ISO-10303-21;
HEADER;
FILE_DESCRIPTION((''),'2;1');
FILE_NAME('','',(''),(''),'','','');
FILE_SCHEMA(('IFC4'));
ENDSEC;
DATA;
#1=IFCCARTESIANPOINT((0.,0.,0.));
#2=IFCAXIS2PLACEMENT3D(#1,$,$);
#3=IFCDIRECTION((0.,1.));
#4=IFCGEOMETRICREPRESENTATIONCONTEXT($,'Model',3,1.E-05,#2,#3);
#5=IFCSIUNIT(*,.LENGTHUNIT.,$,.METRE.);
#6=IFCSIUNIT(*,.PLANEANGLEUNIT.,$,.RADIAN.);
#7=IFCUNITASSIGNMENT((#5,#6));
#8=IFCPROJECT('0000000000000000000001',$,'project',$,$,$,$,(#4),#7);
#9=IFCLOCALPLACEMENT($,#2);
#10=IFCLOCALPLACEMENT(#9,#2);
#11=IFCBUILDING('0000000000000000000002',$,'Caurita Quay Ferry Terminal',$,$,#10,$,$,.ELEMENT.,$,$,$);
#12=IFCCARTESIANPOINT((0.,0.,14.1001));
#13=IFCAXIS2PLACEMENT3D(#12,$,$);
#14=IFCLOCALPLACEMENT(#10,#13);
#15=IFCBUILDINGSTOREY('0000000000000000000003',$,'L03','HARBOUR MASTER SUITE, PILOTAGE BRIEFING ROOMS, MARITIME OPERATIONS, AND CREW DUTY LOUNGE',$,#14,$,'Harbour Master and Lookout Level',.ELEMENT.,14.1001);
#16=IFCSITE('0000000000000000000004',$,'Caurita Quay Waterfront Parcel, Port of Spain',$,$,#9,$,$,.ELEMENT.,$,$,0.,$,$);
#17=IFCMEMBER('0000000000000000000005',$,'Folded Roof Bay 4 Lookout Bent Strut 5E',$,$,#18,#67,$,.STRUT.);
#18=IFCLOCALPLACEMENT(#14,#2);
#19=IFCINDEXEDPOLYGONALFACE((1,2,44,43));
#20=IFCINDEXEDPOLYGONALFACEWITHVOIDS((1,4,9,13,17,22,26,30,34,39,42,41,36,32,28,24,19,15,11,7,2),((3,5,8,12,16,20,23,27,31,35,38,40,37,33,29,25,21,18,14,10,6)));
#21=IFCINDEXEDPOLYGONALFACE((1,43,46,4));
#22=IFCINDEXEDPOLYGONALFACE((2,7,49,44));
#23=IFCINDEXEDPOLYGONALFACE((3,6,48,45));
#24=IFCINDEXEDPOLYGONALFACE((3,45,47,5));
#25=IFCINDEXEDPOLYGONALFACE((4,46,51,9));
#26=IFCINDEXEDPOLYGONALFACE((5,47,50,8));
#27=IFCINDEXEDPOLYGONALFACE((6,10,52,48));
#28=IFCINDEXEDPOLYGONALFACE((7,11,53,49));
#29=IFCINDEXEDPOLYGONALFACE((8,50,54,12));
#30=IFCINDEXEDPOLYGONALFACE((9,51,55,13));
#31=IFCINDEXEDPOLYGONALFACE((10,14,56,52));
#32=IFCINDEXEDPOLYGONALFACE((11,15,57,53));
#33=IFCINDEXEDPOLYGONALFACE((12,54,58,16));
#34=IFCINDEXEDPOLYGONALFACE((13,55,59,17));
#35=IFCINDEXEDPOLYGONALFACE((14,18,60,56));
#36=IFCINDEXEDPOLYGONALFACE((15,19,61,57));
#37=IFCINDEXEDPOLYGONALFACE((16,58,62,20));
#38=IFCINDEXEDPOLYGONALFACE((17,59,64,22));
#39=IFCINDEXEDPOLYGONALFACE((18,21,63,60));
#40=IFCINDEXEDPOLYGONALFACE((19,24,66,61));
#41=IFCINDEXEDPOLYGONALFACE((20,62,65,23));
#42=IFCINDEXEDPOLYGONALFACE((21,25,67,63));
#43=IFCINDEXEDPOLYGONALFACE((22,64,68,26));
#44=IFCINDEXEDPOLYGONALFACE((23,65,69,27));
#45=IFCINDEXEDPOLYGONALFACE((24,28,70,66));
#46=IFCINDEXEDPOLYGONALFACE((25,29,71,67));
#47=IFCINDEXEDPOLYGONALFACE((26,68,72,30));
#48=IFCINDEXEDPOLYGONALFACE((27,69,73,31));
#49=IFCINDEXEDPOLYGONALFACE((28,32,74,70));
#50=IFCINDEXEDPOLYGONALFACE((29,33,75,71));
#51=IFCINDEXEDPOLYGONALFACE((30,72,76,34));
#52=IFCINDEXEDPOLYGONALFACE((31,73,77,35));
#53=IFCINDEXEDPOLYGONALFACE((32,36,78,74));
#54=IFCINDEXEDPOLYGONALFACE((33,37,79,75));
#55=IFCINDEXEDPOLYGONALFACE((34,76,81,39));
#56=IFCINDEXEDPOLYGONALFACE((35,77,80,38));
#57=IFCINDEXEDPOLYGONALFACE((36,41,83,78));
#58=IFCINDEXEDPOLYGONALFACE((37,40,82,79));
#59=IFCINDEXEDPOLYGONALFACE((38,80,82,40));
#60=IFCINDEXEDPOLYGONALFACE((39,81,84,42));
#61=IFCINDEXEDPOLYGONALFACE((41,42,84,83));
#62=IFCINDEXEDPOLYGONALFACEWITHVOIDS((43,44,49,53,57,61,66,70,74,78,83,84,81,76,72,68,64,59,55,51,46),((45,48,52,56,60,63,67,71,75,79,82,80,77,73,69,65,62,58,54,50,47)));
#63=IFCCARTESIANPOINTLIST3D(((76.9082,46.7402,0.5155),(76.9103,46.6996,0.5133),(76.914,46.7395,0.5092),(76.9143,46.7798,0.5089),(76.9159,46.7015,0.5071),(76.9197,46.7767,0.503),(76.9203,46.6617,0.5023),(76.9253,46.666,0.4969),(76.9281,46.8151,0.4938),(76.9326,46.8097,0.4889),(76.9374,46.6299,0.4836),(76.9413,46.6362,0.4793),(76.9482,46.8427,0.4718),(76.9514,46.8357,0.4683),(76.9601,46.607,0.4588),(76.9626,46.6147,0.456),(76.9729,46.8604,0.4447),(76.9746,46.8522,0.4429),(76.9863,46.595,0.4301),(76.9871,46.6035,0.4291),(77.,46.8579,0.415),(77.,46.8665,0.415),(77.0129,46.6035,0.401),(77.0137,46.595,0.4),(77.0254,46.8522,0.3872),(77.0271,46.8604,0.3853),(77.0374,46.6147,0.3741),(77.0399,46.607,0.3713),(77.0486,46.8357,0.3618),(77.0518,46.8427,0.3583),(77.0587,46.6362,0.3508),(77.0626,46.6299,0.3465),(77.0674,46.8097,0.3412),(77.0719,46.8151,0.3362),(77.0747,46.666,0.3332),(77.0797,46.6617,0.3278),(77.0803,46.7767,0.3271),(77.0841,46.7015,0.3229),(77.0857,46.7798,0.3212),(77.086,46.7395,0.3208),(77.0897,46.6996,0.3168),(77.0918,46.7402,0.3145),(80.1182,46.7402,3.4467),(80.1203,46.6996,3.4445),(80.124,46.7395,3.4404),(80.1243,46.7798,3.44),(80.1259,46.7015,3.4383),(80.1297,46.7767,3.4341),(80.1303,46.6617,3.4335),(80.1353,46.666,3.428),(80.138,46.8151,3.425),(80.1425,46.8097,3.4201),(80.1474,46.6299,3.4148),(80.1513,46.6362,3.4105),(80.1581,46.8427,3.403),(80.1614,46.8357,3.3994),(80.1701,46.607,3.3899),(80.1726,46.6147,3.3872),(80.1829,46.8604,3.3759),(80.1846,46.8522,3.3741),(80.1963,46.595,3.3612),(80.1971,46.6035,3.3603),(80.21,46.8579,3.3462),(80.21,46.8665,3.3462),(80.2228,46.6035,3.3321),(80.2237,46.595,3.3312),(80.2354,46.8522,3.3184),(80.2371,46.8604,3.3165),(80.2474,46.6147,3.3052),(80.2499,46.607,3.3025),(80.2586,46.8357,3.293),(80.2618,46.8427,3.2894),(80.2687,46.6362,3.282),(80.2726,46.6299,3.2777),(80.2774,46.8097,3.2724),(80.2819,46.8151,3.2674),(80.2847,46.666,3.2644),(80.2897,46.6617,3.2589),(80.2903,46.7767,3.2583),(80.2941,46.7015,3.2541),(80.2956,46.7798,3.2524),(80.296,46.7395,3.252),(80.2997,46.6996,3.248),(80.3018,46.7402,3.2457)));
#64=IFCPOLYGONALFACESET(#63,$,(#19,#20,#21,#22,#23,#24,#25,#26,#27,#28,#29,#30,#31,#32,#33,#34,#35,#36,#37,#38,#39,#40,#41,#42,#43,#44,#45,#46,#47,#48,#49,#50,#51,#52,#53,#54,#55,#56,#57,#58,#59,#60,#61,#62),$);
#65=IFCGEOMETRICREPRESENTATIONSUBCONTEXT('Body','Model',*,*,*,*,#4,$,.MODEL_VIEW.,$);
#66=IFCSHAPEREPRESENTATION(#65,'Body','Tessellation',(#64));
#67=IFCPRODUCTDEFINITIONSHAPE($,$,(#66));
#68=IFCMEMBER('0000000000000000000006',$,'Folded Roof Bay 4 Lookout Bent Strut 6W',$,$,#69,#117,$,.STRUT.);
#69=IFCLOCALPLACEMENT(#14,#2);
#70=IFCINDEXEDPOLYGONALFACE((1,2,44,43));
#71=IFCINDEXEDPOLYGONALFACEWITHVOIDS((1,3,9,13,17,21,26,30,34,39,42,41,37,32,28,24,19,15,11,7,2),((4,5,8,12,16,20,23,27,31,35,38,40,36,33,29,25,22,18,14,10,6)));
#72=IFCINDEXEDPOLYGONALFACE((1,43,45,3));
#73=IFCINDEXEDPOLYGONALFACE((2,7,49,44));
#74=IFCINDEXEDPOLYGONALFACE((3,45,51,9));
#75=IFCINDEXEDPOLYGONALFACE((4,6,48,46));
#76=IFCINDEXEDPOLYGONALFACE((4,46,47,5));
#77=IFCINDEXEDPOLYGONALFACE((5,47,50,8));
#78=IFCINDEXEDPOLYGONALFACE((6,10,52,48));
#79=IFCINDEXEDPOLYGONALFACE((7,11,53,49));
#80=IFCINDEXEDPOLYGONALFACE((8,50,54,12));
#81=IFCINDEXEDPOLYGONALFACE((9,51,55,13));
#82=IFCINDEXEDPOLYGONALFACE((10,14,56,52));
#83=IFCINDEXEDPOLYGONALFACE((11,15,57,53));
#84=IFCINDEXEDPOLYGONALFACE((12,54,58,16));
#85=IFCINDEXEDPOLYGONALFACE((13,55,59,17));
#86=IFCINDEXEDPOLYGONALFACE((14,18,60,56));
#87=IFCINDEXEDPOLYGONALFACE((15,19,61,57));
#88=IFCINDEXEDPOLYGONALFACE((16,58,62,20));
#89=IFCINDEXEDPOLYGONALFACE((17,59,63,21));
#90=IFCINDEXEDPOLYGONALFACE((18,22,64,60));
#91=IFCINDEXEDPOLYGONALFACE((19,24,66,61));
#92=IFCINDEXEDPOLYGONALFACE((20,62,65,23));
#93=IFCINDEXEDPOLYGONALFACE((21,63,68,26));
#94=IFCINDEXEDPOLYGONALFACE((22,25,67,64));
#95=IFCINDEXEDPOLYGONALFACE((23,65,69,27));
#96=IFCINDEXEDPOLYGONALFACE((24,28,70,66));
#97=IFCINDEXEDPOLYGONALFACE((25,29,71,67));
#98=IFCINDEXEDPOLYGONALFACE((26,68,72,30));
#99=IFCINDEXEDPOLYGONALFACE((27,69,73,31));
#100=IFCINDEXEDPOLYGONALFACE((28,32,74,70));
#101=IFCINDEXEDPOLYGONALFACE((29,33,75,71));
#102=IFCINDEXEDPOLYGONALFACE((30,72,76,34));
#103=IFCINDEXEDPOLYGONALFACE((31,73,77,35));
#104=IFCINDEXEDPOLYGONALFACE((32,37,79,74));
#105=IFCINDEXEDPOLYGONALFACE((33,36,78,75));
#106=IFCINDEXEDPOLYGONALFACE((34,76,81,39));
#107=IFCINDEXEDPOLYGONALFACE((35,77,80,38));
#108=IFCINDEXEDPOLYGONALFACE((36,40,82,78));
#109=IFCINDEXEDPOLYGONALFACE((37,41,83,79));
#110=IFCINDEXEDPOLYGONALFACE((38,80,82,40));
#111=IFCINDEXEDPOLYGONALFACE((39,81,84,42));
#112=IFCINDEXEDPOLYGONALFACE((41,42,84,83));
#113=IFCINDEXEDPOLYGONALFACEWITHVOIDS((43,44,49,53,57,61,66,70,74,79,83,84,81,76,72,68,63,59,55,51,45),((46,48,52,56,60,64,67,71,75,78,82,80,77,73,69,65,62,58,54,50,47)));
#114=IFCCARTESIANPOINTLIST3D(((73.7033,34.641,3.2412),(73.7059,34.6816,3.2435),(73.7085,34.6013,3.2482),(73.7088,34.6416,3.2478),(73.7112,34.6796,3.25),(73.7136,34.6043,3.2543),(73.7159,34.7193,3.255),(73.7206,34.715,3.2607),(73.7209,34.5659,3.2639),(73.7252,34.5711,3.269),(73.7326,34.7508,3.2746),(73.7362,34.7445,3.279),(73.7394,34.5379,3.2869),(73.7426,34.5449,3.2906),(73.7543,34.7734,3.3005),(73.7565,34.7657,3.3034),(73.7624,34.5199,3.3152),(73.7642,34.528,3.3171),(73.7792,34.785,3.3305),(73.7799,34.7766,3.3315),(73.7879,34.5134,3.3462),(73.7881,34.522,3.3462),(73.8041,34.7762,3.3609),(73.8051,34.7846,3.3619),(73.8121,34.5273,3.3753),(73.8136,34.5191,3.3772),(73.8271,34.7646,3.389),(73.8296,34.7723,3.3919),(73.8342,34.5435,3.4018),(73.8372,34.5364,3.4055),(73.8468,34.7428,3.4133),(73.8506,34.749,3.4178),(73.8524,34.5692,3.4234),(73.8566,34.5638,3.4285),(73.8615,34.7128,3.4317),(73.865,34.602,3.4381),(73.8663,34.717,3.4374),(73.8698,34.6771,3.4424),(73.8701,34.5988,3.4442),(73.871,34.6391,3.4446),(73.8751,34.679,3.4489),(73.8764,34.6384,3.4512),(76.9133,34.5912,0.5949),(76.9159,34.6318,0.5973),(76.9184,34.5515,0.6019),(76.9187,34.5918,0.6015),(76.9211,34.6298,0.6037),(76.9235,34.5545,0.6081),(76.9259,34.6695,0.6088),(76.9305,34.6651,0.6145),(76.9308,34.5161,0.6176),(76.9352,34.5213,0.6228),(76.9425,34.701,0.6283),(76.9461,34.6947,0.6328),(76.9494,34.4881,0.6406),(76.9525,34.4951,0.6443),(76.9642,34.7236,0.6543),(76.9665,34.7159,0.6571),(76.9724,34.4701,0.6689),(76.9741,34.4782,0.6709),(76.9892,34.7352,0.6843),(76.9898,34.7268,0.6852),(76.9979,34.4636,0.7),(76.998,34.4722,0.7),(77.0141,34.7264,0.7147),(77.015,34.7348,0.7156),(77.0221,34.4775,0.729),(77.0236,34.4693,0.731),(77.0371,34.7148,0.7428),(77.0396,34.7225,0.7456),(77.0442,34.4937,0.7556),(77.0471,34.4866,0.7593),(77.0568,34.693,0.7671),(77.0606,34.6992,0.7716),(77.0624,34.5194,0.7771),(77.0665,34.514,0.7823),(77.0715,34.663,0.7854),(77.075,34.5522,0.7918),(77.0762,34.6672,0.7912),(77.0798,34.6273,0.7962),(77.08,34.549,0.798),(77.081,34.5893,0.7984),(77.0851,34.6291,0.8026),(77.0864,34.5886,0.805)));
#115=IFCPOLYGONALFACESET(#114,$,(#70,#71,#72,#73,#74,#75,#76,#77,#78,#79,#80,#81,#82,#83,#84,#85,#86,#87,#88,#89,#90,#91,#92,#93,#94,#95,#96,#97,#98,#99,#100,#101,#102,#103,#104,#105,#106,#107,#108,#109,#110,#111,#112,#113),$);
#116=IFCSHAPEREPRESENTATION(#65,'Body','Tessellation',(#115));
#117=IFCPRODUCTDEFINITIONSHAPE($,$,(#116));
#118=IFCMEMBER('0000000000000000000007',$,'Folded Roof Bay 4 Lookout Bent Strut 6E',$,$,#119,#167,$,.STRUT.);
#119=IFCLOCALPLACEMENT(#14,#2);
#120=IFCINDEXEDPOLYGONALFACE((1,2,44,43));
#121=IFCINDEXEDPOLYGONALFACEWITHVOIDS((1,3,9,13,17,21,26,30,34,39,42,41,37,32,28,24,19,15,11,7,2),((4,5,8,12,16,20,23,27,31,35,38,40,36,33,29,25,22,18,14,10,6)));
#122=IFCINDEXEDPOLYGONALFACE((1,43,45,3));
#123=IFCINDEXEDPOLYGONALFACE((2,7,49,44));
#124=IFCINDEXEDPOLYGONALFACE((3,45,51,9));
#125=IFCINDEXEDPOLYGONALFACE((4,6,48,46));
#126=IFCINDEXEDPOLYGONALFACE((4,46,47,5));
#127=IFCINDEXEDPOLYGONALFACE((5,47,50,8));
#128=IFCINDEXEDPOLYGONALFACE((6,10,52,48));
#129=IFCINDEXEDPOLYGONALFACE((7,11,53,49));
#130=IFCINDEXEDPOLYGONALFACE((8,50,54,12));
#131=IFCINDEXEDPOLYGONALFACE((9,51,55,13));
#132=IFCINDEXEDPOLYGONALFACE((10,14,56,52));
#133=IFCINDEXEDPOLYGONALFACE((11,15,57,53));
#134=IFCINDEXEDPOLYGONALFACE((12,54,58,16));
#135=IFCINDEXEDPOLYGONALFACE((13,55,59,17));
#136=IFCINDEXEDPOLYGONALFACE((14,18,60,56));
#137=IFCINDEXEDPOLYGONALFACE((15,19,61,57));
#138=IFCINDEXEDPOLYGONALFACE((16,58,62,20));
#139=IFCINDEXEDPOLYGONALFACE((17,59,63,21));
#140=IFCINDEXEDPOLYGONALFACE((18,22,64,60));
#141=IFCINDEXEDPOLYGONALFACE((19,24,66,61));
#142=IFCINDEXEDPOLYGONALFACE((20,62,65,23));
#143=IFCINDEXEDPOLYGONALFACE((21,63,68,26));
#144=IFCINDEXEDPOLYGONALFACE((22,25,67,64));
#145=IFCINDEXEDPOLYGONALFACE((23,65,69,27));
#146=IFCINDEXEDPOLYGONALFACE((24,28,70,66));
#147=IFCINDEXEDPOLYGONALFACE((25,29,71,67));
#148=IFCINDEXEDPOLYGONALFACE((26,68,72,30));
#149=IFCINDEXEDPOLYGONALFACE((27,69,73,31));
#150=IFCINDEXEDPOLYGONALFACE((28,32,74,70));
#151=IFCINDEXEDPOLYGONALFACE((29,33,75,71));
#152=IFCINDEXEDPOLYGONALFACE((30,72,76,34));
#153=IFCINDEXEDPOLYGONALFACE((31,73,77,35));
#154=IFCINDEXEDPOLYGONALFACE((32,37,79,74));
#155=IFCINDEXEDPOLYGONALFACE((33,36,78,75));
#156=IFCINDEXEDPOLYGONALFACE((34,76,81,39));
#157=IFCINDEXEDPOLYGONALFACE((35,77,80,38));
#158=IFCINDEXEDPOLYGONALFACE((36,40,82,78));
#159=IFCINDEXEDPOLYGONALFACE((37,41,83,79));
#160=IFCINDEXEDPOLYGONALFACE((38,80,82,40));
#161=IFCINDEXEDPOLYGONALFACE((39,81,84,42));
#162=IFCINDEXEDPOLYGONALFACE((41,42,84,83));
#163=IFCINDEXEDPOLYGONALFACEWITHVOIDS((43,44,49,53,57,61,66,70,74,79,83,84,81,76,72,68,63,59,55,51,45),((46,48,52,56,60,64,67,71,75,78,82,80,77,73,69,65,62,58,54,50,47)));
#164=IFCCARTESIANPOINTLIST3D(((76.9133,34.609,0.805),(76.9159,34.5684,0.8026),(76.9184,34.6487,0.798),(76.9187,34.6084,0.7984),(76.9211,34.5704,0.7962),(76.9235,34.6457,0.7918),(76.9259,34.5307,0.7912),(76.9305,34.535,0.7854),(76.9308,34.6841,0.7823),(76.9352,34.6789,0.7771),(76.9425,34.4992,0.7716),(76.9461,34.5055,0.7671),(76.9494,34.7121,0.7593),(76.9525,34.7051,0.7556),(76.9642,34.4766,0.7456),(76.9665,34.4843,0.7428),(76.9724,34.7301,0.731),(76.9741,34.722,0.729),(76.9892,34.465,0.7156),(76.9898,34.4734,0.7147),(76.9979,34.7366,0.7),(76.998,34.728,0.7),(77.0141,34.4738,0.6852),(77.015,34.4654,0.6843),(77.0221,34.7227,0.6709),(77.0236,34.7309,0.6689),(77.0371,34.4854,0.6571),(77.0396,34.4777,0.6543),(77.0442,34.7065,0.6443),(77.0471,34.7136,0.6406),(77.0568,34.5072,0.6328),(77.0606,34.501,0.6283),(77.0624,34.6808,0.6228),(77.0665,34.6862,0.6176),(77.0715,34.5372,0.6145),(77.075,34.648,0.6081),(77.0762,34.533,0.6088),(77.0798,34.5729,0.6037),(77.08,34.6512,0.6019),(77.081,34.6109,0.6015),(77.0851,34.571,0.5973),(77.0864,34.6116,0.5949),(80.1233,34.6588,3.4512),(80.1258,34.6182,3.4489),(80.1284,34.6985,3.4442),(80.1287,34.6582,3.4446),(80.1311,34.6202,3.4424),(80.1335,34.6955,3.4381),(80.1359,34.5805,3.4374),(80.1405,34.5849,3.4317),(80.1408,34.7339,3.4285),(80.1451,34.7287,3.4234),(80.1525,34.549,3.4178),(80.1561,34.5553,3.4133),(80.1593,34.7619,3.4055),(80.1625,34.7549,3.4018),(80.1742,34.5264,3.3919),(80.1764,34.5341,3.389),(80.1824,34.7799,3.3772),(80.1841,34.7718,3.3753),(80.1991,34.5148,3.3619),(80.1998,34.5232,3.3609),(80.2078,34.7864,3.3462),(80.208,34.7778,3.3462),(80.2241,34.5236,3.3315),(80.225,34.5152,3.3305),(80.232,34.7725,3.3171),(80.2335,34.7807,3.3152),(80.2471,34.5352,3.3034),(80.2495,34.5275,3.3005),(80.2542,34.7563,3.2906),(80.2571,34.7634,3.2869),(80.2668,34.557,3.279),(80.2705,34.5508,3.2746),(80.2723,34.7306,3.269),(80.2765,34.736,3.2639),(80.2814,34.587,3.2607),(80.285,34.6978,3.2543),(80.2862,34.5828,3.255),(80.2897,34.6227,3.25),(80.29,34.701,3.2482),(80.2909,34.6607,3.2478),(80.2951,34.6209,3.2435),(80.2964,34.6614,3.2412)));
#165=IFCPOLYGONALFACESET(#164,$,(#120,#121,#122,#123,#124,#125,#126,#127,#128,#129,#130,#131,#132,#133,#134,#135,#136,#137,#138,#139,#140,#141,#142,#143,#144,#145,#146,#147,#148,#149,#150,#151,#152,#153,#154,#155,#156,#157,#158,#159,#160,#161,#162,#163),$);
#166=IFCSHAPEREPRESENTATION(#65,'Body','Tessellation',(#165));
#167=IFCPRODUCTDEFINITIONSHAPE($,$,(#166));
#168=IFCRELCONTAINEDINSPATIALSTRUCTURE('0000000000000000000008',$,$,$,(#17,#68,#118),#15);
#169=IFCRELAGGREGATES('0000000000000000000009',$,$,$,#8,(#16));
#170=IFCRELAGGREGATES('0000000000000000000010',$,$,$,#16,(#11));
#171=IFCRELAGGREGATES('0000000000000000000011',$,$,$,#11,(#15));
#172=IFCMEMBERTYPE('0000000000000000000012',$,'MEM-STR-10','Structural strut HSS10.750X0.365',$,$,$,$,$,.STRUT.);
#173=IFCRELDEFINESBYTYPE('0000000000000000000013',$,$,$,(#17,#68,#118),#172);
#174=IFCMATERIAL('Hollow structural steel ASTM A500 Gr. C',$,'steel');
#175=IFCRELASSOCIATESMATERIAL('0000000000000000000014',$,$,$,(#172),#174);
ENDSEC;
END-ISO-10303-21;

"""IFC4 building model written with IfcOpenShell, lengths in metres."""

from ifc_helpers import new_model, si_unit, direction, frame, origin, origin_2d, place, context, subcontext, project, spatial, hollow_circle, extrude, material, material_profile, profile_set, type_object, element, save


model = new_model("IFC4")

# Units and contexts
model_context = context("Model", 3, precision=1e-05, world=origin(), true_north=direction((0.0, 1.0)))
body_context = subcontext(model_context, "Body", "Model", "MODEL_VIEW")
ifc_project = project(units=[si_unit("LENGTHUNIT", "METRE"), si_unit("PLANEANGLEUNIT", "RADIAN")], contexts=[model_context])

# Site, building, storey
site_placement = place(None, origin())
site = spatial("IfcSite", under=ifc_project, at=site_placement, Name="Caurita Quay Waterfront Parcel, Port of Spain", CompositionType="ELEMENT", RefElevation=0.0)
building_placement = place(site_placement, origin())
building = spatial("IfcBuilding", under=site, at=building_placement, Name="Caurita Quay Ferry Terminal", CompositionType="ELEMENT")
storey_placement = place(building_placement, frame((0.0, 0.0, 14.1001)))
storey = spatial("IfcBuildingStorey", under=building, at=storey_placement, Name="L03", Description="HARBOUR MASTER SUITE, PILOTAGE BRIEFING ROOMS, MARITIME OPERATIONS, AND CREW DUTY LOUNGE", LongName="Harbour Master and Lookout Level", CompositionType="ELEMENT", Elevation=14.1001)

# Shared definitions
ifc_material_1 = material(Name="Hollow structural steel ASTM A500 Gr. C", Category="steel")

# Members
ifc_material_profile_1 = material_profile(ifc_material_1, hollow_circle(Radius=0.1365, WallThickness=0.0085, at=origin_2d()), Name="HSS10.750X0.365")
ifc_profile_set_1 = profile_set([ifc_material_profile_1], Name="Hollow structural steel ASTM A500 Gr. C")
member_type_1 = type_object("IfcMemberType", Name="MEM-STR-10", Description="Structural strut HSS10.750X0.365", PredefinedType="STRUT", material=ifc_profile_set_1)
for number, where, z_axis, x_axis, name in (
    (1, (77.0, 46.73, 0.415), (0.738449, 0.0, 0.674309), (0.0, 1.0, 0.0), "Folded Roof Bay 4 Lookout Bent Strut 5E"),
):
    element("IfcMember", number, at=place(storey_placement, frame(where, z_axis=z_axis, x_axis=x_axis)), inside=storey, type_object=member_type_1, Name=name, PredefinedType="STRUT", context=body_context, shape_type="SweptSolid", body=[
        extrude(hollow_circle(Radius=0.1365, WallThickness=0.0085, at=origin_2d()), origin(), (0.0, 0.0, 1.0), 4.3469),
    ])
for number, where, z_axis, x_axis, name in (
    (2, (77.0, 34.6001, 0.7), (-0.771551, 0.011971, 0.636054), (-0.015514, -0.99988, 0.0), "Folded Roof Bay 4 Lookout Bent Strut 6W"),
    (3, (77.0, 34.6001, 0.7), (0.771551, 0.011971, 0.636054), (-0.015514, 0.99988, 0.0), "Folded Roof Bay 4 Lookout Bent Strut 6E"),
):
    element("IfcMember", number, at=place(storey_placement, frame(where, z_axis=z_axis, x_axis=x_axis)), inside=storey, type_object=member_type_1, Name=name, PredefinedType="STRUT", context=body_context, shape_type="SweptSolid", body=[
        extrude(hollow_circle(Radius=0.1365, WallThickness=0.0085, at=origin_2d()), origin(), (0.0, 0.0, 1.0), 4.1604),
    ])

save(model, "model.ifc")
